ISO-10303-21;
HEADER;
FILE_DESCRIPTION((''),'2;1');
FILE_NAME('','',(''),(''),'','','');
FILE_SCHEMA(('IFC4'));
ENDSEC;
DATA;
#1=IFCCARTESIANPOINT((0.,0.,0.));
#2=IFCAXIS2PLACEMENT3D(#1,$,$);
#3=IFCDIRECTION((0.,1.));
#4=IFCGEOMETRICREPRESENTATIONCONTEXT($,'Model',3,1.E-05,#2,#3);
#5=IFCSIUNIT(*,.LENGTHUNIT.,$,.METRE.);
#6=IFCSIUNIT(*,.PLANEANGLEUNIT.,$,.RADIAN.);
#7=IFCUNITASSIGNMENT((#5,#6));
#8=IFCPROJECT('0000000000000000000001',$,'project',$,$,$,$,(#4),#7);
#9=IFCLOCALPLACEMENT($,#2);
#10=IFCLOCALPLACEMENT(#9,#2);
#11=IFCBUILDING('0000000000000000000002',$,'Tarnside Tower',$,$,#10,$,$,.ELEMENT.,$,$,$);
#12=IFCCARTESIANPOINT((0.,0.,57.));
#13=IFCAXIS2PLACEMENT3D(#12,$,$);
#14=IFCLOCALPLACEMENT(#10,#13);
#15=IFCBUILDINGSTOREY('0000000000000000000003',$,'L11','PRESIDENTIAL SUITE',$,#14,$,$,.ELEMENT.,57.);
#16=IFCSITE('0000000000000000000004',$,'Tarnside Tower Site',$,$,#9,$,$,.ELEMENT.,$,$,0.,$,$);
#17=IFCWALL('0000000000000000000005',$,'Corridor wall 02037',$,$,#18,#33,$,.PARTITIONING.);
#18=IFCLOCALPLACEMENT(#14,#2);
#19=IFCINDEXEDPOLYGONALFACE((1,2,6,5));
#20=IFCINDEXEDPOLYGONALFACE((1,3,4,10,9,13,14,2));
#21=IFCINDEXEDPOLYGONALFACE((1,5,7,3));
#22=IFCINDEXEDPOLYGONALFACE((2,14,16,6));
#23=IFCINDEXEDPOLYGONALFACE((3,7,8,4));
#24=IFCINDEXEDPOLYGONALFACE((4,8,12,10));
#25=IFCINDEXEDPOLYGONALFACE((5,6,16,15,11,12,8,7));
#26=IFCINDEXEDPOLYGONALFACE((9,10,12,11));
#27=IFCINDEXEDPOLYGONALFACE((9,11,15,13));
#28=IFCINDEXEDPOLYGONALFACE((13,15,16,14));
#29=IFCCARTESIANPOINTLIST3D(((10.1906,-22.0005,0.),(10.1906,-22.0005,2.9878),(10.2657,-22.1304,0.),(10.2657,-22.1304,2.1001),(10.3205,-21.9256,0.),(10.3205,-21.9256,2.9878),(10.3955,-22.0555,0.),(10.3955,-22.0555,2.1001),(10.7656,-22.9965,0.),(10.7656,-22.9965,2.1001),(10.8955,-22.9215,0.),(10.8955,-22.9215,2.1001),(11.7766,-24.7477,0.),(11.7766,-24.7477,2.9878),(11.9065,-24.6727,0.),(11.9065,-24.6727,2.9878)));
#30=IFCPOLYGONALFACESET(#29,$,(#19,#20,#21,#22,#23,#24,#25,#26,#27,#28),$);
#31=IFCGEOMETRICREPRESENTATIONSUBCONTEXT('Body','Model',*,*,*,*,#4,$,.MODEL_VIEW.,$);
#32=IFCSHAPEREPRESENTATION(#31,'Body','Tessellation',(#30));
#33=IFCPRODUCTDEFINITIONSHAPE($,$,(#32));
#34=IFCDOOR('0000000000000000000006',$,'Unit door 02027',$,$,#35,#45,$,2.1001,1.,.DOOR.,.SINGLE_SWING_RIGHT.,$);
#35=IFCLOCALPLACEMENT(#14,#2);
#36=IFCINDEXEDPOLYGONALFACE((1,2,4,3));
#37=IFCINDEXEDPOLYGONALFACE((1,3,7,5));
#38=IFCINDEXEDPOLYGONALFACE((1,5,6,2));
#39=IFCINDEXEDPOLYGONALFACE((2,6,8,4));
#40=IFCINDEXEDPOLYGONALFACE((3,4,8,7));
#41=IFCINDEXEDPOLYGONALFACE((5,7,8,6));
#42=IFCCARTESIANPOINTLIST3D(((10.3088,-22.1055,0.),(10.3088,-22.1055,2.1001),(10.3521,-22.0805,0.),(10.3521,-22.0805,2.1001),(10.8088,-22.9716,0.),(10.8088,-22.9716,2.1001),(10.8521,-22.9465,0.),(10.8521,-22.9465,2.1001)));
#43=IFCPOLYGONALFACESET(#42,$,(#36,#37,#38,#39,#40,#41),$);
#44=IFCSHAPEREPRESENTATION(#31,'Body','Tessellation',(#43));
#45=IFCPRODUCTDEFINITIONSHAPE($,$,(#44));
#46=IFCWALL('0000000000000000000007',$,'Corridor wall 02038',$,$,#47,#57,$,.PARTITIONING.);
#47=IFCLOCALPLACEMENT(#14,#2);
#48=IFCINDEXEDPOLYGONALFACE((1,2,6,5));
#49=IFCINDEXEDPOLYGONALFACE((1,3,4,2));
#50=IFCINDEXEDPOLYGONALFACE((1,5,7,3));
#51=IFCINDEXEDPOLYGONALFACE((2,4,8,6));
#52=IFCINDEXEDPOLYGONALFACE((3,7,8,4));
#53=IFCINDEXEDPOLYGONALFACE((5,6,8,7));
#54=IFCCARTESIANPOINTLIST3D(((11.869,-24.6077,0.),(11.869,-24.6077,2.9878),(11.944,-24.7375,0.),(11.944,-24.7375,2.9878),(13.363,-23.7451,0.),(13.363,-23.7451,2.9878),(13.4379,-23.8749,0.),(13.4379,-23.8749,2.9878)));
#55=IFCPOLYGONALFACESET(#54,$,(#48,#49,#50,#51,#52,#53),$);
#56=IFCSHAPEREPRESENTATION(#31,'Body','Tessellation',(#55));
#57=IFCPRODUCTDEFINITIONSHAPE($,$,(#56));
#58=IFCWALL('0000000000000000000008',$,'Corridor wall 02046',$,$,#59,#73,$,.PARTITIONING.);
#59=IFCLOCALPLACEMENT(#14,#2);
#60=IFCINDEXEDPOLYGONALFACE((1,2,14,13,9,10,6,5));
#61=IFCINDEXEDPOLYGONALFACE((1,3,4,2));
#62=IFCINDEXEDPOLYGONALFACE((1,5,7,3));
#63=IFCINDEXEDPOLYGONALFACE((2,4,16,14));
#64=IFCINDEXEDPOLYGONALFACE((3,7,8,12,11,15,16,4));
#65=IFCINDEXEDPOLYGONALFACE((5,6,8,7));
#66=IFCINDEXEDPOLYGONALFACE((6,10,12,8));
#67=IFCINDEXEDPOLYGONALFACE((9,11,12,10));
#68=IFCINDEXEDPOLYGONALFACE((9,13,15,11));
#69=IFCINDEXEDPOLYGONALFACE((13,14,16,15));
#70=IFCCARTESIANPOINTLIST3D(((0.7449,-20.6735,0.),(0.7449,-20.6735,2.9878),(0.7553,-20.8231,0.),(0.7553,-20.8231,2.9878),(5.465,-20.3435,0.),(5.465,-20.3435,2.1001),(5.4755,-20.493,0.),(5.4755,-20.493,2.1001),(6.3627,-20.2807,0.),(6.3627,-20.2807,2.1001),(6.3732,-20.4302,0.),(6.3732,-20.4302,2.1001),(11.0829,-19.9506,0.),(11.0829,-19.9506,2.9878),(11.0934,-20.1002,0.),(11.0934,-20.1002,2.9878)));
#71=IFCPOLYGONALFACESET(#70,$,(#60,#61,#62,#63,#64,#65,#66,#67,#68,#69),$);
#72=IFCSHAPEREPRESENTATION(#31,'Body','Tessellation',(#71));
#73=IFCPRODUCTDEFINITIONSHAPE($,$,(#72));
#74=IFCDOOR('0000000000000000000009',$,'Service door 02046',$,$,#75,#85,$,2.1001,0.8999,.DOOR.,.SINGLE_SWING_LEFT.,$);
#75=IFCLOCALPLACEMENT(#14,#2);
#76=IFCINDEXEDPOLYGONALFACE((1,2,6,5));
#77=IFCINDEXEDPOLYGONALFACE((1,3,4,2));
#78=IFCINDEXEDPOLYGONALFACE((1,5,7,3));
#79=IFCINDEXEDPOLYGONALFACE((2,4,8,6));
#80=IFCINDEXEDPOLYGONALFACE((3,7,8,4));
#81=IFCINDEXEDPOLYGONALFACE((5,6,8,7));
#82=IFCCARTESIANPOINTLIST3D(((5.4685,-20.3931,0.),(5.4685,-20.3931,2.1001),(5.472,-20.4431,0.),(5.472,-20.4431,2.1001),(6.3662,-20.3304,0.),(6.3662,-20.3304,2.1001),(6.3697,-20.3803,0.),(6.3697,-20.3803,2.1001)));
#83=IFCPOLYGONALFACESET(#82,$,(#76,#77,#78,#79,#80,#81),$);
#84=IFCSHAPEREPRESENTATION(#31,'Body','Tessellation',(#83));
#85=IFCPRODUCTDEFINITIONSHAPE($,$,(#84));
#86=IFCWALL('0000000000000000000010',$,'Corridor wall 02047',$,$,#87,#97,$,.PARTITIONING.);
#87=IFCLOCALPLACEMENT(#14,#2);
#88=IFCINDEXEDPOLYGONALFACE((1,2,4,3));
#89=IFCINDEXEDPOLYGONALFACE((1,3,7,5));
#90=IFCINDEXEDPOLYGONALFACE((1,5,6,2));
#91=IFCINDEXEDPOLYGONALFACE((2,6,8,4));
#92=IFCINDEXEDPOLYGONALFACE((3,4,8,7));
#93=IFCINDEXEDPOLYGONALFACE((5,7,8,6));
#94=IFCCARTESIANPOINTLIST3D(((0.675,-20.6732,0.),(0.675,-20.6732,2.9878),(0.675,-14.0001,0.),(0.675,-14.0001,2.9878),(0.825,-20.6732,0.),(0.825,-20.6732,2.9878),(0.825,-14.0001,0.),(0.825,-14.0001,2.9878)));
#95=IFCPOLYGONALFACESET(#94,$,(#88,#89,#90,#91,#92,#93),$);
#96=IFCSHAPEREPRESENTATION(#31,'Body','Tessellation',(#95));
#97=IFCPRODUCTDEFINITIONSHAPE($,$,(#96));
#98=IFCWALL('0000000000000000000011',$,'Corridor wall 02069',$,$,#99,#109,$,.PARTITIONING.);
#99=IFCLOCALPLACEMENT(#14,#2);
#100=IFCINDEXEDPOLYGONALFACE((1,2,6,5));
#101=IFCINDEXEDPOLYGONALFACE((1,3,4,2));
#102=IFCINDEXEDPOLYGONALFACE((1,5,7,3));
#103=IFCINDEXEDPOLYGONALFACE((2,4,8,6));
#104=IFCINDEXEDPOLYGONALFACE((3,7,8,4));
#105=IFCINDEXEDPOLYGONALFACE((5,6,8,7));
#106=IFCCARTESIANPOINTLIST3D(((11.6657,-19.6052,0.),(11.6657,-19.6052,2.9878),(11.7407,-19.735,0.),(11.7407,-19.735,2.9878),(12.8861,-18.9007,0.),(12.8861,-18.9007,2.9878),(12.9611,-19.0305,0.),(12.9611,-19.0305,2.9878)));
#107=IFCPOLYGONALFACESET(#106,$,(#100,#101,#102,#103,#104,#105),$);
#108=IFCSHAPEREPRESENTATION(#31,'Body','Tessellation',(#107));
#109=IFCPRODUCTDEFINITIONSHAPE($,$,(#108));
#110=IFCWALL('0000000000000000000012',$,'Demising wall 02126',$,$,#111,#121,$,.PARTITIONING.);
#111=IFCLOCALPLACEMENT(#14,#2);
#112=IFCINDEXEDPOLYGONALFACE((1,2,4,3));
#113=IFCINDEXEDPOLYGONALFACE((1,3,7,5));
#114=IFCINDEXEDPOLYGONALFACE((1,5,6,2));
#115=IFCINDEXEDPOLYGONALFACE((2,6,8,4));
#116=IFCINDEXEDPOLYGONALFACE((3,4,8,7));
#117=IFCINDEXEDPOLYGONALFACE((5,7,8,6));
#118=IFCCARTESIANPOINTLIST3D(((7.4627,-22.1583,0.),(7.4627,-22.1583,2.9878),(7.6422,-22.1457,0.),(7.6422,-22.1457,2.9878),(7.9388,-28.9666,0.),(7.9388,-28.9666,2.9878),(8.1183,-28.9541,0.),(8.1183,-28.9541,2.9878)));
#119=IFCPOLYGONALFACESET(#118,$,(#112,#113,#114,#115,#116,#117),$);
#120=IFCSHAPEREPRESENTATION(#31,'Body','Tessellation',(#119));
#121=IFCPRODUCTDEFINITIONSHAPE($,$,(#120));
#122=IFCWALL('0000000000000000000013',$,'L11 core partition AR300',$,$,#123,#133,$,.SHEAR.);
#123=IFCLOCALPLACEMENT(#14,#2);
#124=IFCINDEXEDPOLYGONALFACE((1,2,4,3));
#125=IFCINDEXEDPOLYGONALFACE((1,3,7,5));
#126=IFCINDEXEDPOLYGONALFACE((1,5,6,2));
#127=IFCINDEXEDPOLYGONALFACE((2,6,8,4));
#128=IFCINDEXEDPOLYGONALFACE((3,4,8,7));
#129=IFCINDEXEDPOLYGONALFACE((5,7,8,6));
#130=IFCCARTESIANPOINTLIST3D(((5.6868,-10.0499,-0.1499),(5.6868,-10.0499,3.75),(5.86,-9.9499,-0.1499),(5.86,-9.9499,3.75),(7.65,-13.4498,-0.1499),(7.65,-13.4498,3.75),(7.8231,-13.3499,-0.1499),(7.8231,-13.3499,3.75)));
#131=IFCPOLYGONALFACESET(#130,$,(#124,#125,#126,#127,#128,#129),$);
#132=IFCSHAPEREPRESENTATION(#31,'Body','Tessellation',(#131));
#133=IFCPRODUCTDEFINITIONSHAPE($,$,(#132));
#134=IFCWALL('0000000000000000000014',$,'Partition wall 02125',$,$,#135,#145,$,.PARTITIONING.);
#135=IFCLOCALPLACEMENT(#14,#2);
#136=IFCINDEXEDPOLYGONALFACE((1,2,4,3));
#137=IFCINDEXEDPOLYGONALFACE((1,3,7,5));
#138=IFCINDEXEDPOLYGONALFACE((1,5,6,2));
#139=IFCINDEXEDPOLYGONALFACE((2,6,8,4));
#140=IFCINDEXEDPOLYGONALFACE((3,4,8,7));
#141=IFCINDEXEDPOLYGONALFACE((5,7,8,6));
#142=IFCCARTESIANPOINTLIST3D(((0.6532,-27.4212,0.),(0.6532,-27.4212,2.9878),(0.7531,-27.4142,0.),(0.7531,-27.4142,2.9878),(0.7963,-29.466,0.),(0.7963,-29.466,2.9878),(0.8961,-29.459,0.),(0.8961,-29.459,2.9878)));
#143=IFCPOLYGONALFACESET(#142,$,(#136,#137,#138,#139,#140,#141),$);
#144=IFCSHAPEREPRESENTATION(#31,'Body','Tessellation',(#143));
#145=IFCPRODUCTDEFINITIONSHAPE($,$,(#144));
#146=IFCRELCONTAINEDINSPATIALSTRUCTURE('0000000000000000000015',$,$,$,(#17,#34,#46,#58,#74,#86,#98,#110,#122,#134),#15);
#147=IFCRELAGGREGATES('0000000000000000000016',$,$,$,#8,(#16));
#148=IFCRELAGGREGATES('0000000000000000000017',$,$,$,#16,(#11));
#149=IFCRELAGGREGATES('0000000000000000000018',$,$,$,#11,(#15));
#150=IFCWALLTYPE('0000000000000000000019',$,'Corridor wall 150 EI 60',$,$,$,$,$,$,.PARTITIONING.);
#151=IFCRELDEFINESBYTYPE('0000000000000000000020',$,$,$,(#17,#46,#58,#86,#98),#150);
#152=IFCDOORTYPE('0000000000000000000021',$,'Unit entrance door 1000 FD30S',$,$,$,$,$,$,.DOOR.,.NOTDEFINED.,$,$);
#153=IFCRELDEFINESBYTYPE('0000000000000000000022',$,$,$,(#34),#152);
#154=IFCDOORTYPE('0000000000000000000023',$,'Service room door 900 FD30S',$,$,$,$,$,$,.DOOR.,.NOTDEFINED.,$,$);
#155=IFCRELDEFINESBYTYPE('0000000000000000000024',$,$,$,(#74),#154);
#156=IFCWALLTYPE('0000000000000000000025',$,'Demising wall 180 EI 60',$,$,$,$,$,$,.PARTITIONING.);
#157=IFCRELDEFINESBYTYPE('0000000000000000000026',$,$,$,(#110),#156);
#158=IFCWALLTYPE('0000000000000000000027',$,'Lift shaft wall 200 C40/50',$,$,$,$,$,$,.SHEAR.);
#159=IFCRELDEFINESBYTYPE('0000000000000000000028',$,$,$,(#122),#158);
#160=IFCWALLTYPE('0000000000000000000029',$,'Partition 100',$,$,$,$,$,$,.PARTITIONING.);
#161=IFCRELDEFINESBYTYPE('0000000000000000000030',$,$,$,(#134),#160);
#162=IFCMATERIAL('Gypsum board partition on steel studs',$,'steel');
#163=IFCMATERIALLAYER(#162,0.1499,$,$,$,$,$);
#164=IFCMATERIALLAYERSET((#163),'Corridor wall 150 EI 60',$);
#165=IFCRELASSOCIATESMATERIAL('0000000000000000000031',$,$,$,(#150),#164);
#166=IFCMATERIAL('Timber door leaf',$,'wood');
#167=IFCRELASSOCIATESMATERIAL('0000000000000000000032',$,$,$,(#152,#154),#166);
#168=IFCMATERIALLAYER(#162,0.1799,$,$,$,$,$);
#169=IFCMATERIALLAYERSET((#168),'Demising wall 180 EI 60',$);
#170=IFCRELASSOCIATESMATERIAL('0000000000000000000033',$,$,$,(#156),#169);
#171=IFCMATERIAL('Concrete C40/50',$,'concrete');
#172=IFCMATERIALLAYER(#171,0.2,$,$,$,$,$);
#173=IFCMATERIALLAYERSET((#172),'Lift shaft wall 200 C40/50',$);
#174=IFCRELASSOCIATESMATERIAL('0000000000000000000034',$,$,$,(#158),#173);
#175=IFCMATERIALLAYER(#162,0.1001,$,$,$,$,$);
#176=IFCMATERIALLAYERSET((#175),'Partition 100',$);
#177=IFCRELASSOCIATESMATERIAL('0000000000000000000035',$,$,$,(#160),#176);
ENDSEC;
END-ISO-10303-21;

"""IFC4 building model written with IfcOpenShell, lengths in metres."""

from ifc_helpers import new_model, si_unit, direction, frame, frame_2d, origin, place, context, subcontext, project, spatial, rectangle, extrude, material, layer, layer_set, type_object, element, fill, save


model = new_model("IFC4")

# Units and contexts
model_context = context("Model", 3, precision=1e-05, world=origin(), true_north=direction((0.0, 1.0)))
body_context = subcontext(model_context, "Body", "Model", "MODEL_VIEW")
ifc_project = project(units=[si_unit("LENGTHUNIT", "METRE"), si_unit("PLANEANGLEUNIT", "RADIAN")], contexts=[model_context])

# Site, building, storey
site_placement = place(None, origin())
site = spatial("IfcSite", under=ifc_project, at=site_placement, Name="Tarnside Tower Site", CompositionType="ELEMENT", RefElevation=0.0)
building_placement = place(site_placement, origin())
building = spatial("IfcBuilding", under=site, at=building_placement, Name="Tarnside Tower", CompositionType="ELEMENT")
storey_placement = place(building_placement, frame((0.0, 0.0, 57.0)))
storey = spatial("IfcBuildingStorey", under=building, at=storey_placement, Name="L11", Description="PRESIDENTIAL SUITE", CompositionType="ELEMENT", Elevation=57.0)

# Shared definitions
ifc_material_1 = material(Name="Gypsum board partition on steel studs", Category="steel")

# Wall, opening, door
ifc_material_2 = material(Name="Timber door leaf", Category="wood")
ifc_layer_1 = layer(ifc_material_1, 0.1499)
ifc_layer_set_1 = layer_set([ifc_layer_1], Name="Corridor wall 150 EI 60")
wall_type_1 = type_object("IfcWallType", Name="Corridor wall 150 EI 60", PredefinedType="PARTITIONING", material=ifc_layer_set_1)
wall_1_placement = place(storey_placement, frame((10.2556, -21.9631, 0.0), z_axis=(0.0, 0.0, 1.0), x_axis=(0.49998, -0.866037, 0.0)))
wall_1 = element("IfcWall", 1, at=wall_1_placement, inside=storey, type_object=wall_type_1, Name="Corridor wall 02037", PredefinedType="PARTITIONING", context=body_context, shape_type="SweptSolid", body=[
    extrude(rectangle(XDim=3.1721, YDim=0.1499, at=frame_2d((1.5859, 0.0))), origin(), (0.0, 0.0, 1.0), 2.9878),
])
opening_1_placement = place(wall_1_placement, frame((0.1499, 0.0, 0.0)))
opening_1 = element("IfcOpeningElement", 2, at=opening_1_placement, cuts=wall_1, PredefinedType="OPENING", context=body_context, shape_type="SweptSolid", body=[
    extrude(rectangle(XDim=1.0, YDim=2.1001, at=frame_2d((0.5, 1.05))), frame((0.0, 0.085, 0.0), z_axis=(0.0, -1.0, 0.0), x_axis=(1.0, 0.0, 0.0)), (0.0, 0.0, 1.0), 0.1699),
])
door_type_1 = type_object("IfcDoorType", Name="Unit entrance door 1000 FD30S", OperationType="NOTDEFINED", PredefinedType="DOOR", material=ifc_material_2)
door_1_placement = place(opening_1_placement, origin())
door_1 = element("IfcDoor", 3, at=door_1_placement, inside=storey, type_object=door_type_1, Name="Unit door 02027", OperationType="SINGLE_SWING_RIGHT", OverallHeight=2.1001, OverallWidth=1.0, PredefinedType="DOOR", context=body_context, shape_type="SweptSolid", body=[
    extrude(rectangle(XDim=1.0, YDim=2.1001, at=frame_2d((0.5, 1.05))), frame((0.0, 0.0249, 0.0), z_axis=(0.0, -1.0, 0.0), x_axis=(1.0, 0.0, 0.0)), (0.0, 0.0, 1.0), 0.05),
])
fill(opening_1, door_1)

# Wall
wall_2_placement = place(storey_placement, frame((11.9065, -24.6726, 0.0), z_axis=(0.0, 0.0, 1.0), x_axis=(0.866014, 0.500021, 0.0)))
element("IfcWall", 4, at=wall_2_placement, inside=storey, type_object=wall_type_1, Name="Corridor wall 02038", PredefinedType="PARTITIONING", context=body_context, shape_type="SweptSolid", body=[
    extrude(rectangle(XDim=1.7251, YDim=0.1499, at=frame_2d((0.8625, 0.0))), origin(), (0.0, 0.0, 1.0), 2.9878),
])

# Wall, opening, door
wall_3_placement = place(storey_placement, frame((11.0881, -20.0254, 0.0), z_axis=(0.0, 0.0, 1.0), x_axis=(-0.997564, -0.069755, 0.0)))
wall_3 = element("IfcWall", 5, at=wall_3_placement, inside=storey, type_object=wall_type_1, Name="Corridor wall 02046", PredefinedType="PARTITIONING", context=body_context, shape_type="SweptSolid", body=[
    extrude(rectangle(XDim=10.3633, YDim=0.1499, at=frame_2d((5.1816, 0.0))), origin(), (0.0, 0.0, 1.0), 2.9878),
])
opening_2_placement = place(wall_3_placement, frame((4.7317, 0.0, 0.0)))
opening_2 = element("IfcOpeningElement", 6, at=opening_2_placement, cuts=wall_3, PredefinedType="OPENING", context=body_context, shape_type="SweptSolid", body=[
    extrude(rectangle(XDim=0.8999, YDim=2.1001, at=frame_2d((0.45, 1.05))), frame((0.0, 0.085, 0.0), z_axis=(0.0, -1.0, 0.0), x_axis=(1.0, 0.0, 0.0)), (0.0, 0.0, 1.0), 0.1699),
])
door_type_2 = type_object("IfcDoorType", Name="Service room door 900 FD30S", OperationType="NOTDEFINED", PredefinedType="DOOR", material=ifc_material_2)
door_2_placement = place(opening_2_placement, origin())
door_2 = element("IfcDoor", 7, at=door_2_placement, inside=storey, type_object=door_type_2, Name="Service door 02046", OperationType="SINGLE_SWING_LEFT", OverallHeight=2.1001, OverallWidth=0.8999, PredefinedType="DOOR", context=body_context, shape_type="SweptSolid", body=[
    extrude(rectangle(XDim=0.8999, YDim=2.1001, at=frame_2d((0.45, 1.05))), frame((0.0, 0.0249, 0.0), z_axis=(0.0, -1.0, 0.0), x_axis=(1.0, 0.0, 0.0)), (0.0, 0.0, 1.0), 0.05),
])
fill(opening_2, door_2)

# Walls
wall_4_placement = place(storey_placement, frame((0.75, -20.6731, 0.0), z_axis=(0.0, 0.0, 1.0), x_axis=(0.0, 1.0, 0.0)))
element("IfcWall", 8, at=wall_4_placement, inside=storey, type_object=wall_type_1, Name="Corridor wall 02047", PredefinedType="PARTITIONING", context=body_context, shape_type="SweptSolid", body=[
    extrude(rectangle(XDim=6.6731, YDim=0.1499, at=frame_2d((3.3364, 0.0))), origin(), (0.0, 0.0, 1.0), 2.9878),
])
wall_5_placement = place(storey_placement, frame((12.9236, -18.9656, 0.0), z_axis=(0.0, 0.0, 1.0), x_axis=(-0.866038, -0.499977, 0.0)))
element("IfcWall", 9, at=wall_5_placement, inside=storey, type_object=wall_type_1, Name="Corridor wall 02069", PredefinedType="PARTITIONING", context=body_context, shape_type="SweptSolid", body=[
    extrude(rectangle(XDim=1.4092, YDim=0.1499, at=frame_2d((0.7046, 0.0))), origin(), (0.0, 0.0, 1.0), 2.9878),
])
ifc_layer_2 = layer(ifc_material_1, 0.1799)
ifc_layer_set_2 = layer_set([ifc_layer_2], Name="Demising wall 180 EI 60")
wall_type_2 = type_object("IfcWallType", Name="Demising wall 180 EI 60", PredefinedType="PARTITIONING", material=ifc_layer_set_2)
wall_6_placement = place(storey_placement, frame((8.0286, -28.9604, 0.0), z_axis=(0.0, 0.0, 1.0), x_axis=(-0.069755, 0.997564, 0.0)))
element("IfcWall", 10, at=wall_6_placement, inside=storey, type_object=wall_type_2, Name="Demising wall 02126", PredefinedType="PARTITIONING", context=body_context, shape_type="SweptSolid", body=[
    extrude(rectangle(XDim=6.825, YDim=0.1799, at=frame_2d((3.4126, 0.0))), origin(), (0.0, 0.0, 1.0), 2.9878),
])
ifc_material_3 = material(Name="Concrete C40/50", Category="concrete")
ifc_layer_3 = layer(ifc_material_3, 0.2)
ifc_layer_set_3 = layer_set([ifc_layer_3], Name="Lift shaft wall 200 C40/50")
wall_type_3 = type_object("IfcWallType", Name="Lift shaft wall 200 C40/50", PredefinedType="SHEAR", material=ifc_layer_set_3)
wall_7_placement = place(storey_placement, frame((5.7734, -10.0, -0.1499), z_axis=(0.0, 0.0, 1.0), x_axis=(0.500038, -0.866003, 0.0)))
element("IfcWall", 11, at=wall_7_placement, inside=storey, type_object=wall_type_3, Name="L11 core partition AR300", PredefinedType="SHEAR", context=body_context, shape_type="SweptSolid", body=[
    extrude(rectangle(XDim=3.926, YDim=0.2, at=frame_2d((1.9629, 0.0))), origin(), (0.0, 0.0, 1.0), 3.8999),
])
ifc_layer_4 = layer(ifc_material_1, 0.1001)
ifc_layer_set_4 = layer_set([ifc_layer_4], Name="Partition 100")
wall_type_4 = type_object("IfcWallType", Name="Partition 100", PredefinedType="PARTITIONING", material=ifc_layer_set_4)
wall_8_placement = place(storey_placement, frame((0.7031, -27.4177, 0.0), z_axis=(0.0, 0.0, 1.0), x_axis=(0.069791, -0.997562, 0.0)))
element("IfcWall", 12, at=wall_8_placement, inside=storey, type_object=wall_type_4, Name="Partition wall 02125", PredefinedType="PARTITIONING", context=body_context, shape_type="SweptSolid", body=[
    extrude(rectangle(XDim=2.0498, YDim=0.1001, at=frame_2d((1.0249, 0.0))), origin(), (0.0, 0.0, 1.0), 2.9878),
])

save(model, "model.ifc")
